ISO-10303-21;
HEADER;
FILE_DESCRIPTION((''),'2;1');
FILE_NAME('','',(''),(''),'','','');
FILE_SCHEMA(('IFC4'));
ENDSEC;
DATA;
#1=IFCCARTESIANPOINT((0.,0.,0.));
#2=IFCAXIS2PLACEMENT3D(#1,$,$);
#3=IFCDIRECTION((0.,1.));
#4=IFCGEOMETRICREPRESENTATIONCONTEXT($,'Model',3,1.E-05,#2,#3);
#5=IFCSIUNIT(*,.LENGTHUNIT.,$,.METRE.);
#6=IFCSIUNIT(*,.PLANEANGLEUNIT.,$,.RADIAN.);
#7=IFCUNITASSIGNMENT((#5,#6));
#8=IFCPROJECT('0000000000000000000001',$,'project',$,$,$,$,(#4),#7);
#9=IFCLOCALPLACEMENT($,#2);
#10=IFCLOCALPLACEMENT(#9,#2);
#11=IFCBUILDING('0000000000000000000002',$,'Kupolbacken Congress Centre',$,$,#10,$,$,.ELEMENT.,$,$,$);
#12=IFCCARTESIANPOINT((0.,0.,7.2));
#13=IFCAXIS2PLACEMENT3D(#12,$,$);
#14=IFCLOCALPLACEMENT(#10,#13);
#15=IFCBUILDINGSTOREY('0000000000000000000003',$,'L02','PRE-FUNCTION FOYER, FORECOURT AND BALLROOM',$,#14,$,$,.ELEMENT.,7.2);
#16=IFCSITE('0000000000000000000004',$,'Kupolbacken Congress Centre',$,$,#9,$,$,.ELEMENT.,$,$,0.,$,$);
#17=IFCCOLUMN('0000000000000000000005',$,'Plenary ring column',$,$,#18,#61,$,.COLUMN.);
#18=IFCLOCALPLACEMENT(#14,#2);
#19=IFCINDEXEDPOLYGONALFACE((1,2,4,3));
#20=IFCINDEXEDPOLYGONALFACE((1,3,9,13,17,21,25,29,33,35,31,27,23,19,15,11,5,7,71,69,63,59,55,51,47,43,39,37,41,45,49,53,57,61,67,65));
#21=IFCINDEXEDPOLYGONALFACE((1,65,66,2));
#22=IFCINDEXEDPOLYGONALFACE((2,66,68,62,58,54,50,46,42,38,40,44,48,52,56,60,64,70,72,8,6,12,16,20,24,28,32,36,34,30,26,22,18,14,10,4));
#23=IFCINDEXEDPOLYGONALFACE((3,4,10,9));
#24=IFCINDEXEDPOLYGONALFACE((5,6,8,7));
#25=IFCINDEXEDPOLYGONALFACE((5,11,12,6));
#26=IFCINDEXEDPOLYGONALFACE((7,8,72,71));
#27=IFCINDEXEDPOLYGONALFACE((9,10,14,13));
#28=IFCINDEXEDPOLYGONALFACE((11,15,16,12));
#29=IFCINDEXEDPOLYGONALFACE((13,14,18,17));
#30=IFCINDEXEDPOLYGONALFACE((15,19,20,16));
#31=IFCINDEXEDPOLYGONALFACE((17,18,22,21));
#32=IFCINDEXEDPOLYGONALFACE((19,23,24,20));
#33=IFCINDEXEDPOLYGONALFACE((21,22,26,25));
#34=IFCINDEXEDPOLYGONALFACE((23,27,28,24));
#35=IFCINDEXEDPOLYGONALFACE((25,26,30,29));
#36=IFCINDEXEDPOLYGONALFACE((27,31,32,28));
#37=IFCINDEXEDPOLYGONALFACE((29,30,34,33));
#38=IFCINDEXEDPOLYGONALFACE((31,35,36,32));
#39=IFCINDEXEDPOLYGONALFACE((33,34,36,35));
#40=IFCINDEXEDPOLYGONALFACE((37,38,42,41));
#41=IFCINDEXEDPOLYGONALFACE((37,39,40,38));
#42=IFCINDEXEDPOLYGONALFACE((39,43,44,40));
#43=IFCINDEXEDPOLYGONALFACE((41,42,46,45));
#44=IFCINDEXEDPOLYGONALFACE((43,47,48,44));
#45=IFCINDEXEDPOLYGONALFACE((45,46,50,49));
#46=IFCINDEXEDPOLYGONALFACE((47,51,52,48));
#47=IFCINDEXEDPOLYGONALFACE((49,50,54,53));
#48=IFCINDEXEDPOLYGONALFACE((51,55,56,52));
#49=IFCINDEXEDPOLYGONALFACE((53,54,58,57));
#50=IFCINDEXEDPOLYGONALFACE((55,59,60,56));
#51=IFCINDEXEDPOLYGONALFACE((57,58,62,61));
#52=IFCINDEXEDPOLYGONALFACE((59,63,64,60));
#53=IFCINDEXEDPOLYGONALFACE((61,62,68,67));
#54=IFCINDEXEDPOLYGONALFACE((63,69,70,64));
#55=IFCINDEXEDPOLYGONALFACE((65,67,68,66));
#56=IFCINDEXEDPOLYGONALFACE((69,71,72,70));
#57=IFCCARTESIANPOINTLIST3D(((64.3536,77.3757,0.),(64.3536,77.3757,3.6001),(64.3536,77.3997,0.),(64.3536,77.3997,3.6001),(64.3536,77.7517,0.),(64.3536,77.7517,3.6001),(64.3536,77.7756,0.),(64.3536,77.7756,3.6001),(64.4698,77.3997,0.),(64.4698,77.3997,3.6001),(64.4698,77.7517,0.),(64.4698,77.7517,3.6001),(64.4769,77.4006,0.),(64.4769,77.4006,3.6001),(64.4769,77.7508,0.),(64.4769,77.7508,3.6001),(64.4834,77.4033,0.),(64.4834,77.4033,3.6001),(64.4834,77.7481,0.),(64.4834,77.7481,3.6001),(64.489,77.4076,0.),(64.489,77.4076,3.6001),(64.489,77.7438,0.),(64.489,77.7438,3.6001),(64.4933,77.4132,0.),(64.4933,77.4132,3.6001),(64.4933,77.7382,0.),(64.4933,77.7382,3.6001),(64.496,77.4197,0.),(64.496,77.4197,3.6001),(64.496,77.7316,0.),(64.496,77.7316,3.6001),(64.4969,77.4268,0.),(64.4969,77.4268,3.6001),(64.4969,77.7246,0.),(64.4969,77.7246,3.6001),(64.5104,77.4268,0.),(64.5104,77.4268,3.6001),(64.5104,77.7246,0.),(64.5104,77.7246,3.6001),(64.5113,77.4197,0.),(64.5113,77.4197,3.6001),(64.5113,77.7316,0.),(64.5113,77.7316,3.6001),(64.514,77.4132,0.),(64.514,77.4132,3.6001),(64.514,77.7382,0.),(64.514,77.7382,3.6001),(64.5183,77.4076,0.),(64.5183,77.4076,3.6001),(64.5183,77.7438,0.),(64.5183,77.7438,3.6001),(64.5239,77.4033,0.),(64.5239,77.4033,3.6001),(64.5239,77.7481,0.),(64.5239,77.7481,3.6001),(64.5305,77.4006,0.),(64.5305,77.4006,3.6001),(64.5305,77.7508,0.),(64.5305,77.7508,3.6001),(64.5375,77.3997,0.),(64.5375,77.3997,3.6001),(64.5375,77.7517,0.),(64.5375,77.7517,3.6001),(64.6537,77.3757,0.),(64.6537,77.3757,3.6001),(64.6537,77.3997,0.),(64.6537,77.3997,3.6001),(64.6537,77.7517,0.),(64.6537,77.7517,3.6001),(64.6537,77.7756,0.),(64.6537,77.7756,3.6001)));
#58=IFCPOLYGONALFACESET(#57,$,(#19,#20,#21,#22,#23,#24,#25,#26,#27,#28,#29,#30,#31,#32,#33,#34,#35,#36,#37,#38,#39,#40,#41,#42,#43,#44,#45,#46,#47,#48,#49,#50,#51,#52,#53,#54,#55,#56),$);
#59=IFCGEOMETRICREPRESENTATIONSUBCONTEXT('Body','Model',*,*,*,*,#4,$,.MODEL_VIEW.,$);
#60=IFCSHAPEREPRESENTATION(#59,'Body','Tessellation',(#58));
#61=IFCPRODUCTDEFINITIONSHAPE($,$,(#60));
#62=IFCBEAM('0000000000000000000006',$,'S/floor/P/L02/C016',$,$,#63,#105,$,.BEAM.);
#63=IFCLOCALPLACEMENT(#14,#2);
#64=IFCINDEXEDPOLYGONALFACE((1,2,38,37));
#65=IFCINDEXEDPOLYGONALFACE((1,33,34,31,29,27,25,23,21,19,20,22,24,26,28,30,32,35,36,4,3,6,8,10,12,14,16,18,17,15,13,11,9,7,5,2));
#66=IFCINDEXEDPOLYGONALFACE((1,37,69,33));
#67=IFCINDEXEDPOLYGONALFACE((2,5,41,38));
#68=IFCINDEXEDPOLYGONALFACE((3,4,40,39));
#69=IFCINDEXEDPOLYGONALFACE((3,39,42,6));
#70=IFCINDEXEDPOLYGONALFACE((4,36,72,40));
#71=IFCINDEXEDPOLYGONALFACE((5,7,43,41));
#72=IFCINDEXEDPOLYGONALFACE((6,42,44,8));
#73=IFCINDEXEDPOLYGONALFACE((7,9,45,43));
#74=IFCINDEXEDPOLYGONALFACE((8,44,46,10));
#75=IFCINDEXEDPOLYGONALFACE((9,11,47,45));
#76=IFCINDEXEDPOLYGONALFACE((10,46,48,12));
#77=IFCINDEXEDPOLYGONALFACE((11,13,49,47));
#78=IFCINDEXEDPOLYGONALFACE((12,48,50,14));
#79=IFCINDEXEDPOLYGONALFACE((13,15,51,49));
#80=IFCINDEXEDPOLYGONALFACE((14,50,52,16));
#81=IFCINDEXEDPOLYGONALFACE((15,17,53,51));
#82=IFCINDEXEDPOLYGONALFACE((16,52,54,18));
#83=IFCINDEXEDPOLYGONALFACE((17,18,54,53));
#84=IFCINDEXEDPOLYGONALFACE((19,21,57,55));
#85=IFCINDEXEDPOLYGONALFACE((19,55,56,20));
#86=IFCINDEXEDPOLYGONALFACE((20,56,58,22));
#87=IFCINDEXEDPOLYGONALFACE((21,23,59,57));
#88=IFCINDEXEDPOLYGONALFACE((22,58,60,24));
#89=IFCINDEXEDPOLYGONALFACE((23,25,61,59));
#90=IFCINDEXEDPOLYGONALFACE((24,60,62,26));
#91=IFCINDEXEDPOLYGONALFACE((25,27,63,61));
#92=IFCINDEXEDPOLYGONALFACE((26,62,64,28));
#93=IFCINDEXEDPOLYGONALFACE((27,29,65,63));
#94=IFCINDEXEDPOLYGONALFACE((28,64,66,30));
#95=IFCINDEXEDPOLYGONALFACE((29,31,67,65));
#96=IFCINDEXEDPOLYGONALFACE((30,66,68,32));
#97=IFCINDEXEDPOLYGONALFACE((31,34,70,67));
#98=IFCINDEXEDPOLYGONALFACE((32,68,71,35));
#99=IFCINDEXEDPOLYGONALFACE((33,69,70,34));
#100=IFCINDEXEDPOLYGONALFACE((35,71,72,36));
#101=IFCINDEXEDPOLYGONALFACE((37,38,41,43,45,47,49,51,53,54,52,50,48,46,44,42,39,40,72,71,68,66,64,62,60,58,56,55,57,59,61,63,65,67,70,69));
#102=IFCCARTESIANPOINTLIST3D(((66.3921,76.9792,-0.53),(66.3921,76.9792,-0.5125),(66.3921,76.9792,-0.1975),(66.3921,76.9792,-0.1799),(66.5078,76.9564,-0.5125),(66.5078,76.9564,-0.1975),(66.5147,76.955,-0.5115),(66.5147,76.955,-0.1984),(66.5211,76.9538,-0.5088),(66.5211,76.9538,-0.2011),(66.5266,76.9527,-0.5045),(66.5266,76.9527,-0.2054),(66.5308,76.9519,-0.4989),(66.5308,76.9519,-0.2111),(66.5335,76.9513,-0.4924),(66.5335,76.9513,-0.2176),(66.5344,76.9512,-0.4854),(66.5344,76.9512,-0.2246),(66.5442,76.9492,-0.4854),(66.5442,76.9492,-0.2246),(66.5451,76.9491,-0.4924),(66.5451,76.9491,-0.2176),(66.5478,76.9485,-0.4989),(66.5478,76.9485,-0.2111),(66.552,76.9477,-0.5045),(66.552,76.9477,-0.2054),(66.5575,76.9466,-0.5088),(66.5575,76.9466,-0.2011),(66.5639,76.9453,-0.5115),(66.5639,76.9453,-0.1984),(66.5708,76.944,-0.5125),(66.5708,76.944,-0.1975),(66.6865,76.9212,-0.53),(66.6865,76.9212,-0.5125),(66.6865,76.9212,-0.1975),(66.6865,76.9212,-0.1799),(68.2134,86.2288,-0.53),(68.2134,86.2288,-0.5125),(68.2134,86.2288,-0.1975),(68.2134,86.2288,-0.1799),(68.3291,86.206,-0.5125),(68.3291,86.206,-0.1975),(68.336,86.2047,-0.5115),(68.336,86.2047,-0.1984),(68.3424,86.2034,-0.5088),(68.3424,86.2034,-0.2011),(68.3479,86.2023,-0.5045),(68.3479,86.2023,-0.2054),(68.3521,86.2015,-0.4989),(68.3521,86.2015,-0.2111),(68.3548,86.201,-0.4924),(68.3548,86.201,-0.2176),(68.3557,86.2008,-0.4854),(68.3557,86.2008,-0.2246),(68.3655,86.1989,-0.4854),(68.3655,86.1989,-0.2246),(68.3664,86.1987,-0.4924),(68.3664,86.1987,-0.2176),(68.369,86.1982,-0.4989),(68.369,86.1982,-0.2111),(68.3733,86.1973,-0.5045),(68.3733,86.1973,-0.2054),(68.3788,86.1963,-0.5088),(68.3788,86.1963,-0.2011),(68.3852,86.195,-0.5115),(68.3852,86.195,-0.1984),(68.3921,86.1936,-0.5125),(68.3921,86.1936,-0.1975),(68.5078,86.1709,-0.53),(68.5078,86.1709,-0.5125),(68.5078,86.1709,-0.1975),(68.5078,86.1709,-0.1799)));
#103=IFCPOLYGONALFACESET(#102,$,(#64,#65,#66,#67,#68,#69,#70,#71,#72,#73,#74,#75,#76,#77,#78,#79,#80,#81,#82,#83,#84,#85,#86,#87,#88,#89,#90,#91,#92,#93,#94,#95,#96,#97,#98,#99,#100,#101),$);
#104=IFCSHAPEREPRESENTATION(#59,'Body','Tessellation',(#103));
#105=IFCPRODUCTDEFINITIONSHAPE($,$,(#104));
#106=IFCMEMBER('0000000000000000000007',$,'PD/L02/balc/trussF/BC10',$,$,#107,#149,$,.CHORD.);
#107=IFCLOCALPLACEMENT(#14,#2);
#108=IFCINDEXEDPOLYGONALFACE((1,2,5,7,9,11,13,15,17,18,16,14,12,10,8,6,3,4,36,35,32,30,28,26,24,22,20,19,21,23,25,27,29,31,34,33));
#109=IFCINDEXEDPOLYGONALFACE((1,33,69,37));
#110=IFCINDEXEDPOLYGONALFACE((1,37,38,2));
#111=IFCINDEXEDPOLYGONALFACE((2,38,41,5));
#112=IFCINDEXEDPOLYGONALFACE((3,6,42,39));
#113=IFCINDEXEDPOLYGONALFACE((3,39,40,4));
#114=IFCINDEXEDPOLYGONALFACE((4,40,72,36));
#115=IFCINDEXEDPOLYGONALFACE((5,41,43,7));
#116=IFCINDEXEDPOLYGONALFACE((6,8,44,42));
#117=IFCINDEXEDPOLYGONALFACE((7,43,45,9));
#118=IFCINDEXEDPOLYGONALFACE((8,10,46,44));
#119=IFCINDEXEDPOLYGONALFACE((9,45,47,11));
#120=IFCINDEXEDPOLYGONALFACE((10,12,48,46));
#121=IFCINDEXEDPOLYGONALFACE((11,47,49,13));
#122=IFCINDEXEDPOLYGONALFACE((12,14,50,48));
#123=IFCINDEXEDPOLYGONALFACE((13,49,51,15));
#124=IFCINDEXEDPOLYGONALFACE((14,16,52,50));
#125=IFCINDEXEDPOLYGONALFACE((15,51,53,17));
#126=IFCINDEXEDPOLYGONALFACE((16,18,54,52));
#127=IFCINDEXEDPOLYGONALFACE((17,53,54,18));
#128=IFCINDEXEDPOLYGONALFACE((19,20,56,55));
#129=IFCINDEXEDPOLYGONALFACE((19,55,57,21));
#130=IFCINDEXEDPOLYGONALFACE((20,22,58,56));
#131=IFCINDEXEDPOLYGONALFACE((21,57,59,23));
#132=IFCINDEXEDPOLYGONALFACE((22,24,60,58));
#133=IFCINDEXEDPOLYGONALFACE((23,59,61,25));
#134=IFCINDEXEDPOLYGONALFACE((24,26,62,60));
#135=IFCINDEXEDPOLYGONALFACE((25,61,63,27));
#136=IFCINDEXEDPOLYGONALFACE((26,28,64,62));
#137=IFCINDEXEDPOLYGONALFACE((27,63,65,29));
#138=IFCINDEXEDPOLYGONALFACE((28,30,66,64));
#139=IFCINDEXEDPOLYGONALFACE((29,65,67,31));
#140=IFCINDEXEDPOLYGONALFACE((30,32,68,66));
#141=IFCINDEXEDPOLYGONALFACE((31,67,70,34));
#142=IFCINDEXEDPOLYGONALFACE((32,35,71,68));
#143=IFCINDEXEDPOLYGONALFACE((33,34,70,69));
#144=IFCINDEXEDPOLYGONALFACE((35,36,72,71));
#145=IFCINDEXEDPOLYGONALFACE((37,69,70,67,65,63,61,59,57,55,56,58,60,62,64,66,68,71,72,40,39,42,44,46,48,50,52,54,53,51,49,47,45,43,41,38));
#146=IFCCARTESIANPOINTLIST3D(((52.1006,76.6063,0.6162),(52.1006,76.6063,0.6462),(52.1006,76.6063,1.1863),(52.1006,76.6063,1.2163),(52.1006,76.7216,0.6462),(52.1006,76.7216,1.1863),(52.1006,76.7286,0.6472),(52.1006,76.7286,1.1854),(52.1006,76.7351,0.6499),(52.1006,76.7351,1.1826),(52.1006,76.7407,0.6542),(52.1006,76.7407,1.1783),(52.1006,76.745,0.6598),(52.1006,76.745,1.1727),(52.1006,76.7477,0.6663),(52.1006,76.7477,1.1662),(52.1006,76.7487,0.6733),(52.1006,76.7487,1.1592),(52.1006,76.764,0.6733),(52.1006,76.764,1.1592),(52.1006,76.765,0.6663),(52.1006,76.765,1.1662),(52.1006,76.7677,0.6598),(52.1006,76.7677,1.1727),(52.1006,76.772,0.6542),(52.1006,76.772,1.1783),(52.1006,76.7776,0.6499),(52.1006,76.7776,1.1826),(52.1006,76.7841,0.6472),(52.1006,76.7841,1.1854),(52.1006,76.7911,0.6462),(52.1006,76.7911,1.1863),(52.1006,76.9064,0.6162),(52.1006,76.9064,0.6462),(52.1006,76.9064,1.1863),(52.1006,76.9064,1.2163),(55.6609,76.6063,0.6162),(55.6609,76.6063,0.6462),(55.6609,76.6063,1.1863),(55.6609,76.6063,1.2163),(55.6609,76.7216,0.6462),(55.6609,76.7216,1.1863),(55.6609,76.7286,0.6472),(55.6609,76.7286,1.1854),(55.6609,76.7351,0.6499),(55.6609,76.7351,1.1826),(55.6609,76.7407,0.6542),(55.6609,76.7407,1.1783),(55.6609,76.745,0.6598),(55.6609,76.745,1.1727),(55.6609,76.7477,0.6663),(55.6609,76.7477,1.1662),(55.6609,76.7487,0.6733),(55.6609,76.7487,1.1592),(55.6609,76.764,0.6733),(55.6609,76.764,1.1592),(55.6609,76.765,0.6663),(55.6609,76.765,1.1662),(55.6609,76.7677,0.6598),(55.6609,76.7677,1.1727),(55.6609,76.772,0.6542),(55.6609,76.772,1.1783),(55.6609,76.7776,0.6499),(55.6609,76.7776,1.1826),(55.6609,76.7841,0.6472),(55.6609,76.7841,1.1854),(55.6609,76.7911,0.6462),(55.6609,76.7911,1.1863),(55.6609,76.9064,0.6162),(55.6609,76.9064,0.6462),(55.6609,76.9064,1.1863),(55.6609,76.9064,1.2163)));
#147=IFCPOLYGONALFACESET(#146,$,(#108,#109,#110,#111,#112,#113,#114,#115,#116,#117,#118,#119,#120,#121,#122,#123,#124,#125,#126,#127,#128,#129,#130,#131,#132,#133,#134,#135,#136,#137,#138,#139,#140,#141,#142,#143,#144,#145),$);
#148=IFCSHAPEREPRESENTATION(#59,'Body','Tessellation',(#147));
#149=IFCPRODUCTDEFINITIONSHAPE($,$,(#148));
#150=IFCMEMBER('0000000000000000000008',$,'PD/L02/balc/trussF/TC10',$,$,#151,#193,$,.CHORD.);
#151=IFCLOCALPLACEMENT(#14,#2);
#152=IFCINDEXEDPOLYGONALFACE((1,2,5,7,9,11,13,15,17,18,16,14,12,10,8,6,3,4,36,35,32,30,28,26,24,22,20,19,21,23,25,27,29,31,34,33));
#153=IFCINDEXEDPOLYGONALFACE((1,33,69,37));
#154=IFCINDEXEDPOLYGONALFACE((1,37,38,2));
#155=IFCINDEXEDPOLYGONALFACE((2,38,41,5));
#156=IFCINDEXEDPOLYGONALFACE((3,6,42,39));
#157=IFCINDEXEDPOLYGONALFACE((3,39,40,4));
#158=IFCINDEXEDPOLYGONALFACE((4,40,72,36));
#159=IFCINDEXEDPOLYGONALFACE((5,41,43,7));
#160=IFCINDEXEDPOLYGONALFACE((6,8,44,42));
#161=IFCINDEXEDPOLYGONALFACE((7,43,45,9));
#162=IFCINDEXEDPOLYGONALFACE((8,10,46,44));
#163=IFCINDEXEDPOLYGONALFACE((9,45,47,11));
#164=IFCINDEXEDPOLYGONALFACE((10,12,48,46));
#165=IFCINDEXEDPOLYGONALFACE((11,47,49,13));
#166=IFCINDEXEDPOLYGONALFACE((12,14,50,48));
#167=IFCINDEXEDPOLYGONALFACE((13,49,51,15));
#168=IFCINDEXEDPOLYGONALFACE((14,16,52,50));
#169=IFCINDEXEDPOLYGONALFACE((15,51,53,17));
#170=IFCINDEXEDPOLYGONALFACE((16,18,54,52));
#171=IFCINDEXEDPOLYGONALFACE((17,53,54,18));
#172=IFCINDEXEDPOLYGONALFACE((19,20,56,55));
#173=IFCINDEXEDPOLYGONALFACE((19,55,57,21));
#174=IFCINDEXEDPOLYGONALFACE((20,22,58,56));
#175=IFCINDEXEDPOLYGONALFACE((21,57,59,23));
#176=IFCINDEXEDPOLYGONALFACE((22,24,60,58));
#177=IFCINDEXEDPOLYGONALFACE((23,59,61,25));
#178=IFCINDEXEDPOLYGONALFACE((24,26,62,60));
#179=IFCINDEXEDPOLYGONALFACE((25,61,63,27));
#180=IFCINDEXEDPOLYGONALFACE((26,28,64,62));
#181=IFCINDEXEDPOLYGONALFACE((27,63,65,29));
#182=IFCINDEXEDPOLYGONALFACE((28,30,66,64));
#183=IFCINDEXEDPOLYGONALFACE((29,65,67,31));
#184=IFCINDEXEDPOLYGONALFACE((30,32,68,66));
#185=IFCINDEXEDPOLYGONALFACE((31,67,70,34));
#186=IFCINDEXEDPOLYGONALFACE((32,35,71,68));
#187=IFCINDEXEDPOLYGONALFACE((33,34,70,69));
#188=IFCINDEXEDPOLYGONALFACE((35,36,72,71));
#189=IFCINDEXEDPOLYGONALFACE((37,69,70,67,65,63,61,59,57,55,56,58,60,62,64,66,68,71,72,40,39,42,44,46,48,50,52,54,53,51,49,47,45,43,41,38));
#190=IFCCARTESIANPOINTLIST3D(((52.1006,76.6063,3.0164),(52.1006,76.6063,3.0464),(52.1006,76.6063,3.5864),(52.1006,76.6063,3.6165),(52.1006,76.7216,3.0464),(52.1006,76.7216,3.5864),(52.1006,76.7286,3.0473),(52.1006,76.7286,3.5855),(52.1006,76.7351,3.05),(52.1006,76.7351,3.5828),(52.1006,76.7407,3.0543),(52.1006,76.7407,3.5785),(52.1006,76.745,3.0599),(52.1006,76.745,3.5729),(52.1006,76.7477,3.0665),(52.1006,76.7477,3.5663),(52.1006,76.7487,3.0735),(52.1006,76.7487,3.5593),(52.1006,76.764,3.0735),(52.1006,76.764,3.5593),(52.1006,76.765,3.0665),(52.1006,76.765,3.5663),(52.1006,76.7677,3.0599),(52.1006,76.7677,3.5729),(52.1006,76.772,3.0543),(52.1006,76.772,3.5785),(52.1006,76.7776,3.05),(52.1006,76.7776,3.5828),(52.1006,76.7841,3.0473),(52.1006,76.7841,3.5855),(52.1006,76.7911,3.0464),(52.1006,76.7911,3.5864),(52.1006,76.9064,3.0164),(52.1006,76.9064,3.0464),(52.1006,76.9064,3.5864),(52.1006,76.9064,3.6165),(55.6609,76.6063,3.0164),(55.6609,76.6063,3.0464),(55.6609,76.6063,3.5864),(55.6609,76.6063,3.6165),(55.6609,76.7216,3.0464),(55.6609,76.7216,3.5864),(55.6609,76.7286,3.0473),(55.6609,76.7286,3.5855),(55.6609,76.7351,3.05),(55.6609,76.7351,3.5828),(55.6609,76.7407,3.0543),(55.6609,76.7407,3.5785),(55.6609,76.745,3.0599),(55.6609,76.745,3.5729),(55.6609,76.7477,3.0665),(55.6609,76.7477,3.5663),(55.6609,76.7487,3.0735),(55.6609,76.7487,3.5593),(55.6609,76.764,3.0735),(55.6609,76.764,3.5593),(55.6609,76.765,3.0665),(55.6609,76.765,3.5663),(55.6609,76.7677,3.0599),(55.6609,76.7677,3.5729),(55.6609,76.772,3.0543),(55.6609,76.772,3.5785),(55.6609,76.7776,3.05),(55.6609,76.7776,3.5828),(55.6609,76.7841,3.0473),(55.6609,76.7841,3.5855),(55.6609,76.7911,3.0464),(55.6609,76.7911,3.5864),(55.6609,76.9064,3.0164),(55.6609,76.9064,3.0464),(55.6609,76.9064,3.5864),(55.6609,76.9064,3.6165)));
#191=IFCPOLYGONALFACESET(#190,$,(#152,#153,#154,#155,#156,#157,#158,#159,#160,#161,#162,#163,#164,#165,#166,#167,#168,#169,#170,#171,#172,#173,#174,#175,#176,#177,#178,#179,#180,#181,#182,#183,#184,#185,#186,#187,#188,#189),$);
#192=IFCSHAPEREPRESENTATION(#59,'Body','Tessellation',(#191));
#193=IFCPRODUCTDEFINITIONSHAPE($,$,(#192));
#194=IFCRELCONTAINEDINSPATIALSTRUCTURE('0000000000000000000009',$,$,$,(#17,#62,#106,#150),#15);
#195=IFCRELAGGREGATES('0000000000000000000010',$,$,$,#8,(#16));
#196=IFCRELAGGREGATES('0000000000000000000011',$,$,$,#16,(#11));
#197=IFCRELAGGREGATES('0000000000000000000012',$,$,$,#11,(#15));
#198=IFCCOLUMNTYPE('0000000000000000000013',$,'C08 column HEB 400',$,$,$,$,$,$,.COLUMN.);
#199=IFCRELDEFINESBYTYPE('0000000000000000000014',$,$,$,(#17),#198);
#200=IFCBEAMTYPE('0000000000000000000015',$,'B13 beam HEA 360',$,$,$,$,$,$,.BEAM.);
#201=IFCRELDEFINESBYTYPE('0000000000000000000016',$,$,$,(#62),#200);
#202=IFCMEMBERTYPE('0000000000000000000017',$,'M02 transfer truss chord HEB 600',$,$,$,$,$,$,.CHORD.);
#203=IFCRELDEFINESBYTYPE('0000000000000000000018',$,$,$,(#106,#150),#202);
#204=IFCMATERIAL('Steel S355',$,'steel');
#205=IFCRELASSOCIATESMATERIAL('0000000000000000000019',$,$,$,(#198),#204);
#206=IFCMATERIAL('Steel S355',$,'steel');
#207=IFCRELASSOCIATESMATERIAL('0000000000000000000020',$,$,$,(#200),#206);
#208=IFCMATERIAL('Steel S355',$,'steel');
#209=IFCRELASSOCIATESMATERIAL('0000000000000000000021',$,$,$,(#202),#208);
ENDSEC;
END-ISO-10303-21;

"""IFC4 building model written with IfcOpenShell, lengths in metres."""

from ifc_helpers import new_model, si_unit, direction, frame, origin, origin_2d, place, context, subcontext, project, spatial, i_section, extrude, material, material_profile, profile_set, type_object, element, save


model = new_model("IFC4")

# Units and contexts
model_context = context("Model", 3, precision=1e-05, world=origin(), true_north=direction((0.0, 1.0)))
body_context = subcontext(model_context, "Body", "Model", "MODEL_VIEW")
ifc_project = project(units=[si_unit("LENGTHUNIT", "METRE"), si_unit("PLANEANGLEUNIT", "RADIAN")], contexts=[model_context])

# Site, building, storey
site_placement = place(None, origin())
site = spatial("IfcSite", under=ifc_project, at=site_placement, Name="Kupolbacken Congress Centre", CompositionType="ELEMENT", RefElevation=0.0)
building_placement = place(site_placement, origin())
building = spatial("IfcBuilding", under=site, at=building_placement, Name="Kupolbacken Congress Centre", CompositionType="ELEMENT")
storey_placement = place(building_placement, frame((0.0, 0.0, 7.2)))
storey = spatial("IfcBuildingStorey", under=building, at=storey_placement, Name="L02", Description="PRE-FUNCTION FOYER, FORECOURT AND BALLROOM", CompositionType="ELEMENT", Elevation=7.2)

# Column
ifc_material_1 = material(Name="Steel S355", Category="steel")
ifc_material_profile_1 = material_profile(ifc_material_1, i_section(OverallWidth=0.3, OverallDepth=0.3999, WebThickness=0.0134, FlangeThickness=0.0239, FilletRadius=0.0271, at=origin_2d()), Name="HEB 400")
ifc_profile_set_1 = profile_set([ifc_material_profile_1], Name="Steel S355")
column_type = type_object("IfcColumnType", Name="C08 column HEB 400", PredefinedType="COLUMN", material=ifc_profile_set_1)
column_placement = place(storey_placement, frame((64.5037, 77.5757, 0.0), z_axis=(0.0, 0.0, 1.0), x_axis=(1.0, 0.0, 0.0)))
element("IfcColumn", 1, at=column_placement, inside=storey, type_object=column_type, Name="Plenary ring column", PredefinedType="COLUMN", context=body_context, shape_type="SweptSolid", body=[
    extrude(i_section(OverallWidth=0.3, OverallDepth=0.3999, WebThickness=0.0134, FlangeThickness=0.0239, FilletRadius=0.0271, at=origin_2d()), origin(), (0.0, 0.0, 1.0), 3.6001),
])

# Beam
ifc_material_2 = material(Name="Steel S355", Category="steel")
ifc_material_profile_2 = material_profile(ifc_material_2, i_section(OverallWidth=0.3, OverallDepth=0.3501, WebThickness=0.01, FlangeThickness=0.0176, FilletRadius=0.0271, at=origin_2d()), Name="HEA 360")
ifc_profile_set_2 = profile_set([ifc_material_profile_2], Name="Steel S355")
beam_type = type_object("IfcBeamType", Name="B13 beam HEA 360", PredefinedType="BEAM", material=ifc_profile_set_2)
beam_placement = place(storey_placement, frame((66.5393, 76.9502, -0.355), z_axis=(0.193192, 0.981161, 0.0), x_axis=(-0.981161, 0.193192, 0.0)))
element("IfcBeam", 2, at=beam_placement, inside=storey, type_object=beam_type, Name="S/floor/P/L02/C016", PredefinedType="BEAM", context=body_context, shape_type="SweptSolid", body=[
    extrude(i_section(OverallWidth=0.3, OverallDepth=0.3501, WebThickness=0.01, FlangeThickness=0.0176, FilletRadius=0.0271, at=origin_2d()), origin(), (0.0, 0.0, 1.0), 9.4272),
])

# Members
ifc_material_3 = material(Name="Steel S355", Category="steel")
ifc_material_profile_3 = material_profile(ifc_material_3, i_section(OverallWidth=0.3, OverallDepth=0.6001, WebThickness=0.0154, FlangeThickness=0.03, FilletRadius=0.0271, at=origin_2d()), Name="HEB 600")
ifc_profile_set_3 = profile_set([ifc_material_profile_3], Name="Steel S355")
member_type_1 = type_object("IfcMemberType", Name="M02 transfer truss chord HEB 600", PredefinedType="CHORD", material=ifc_profile_set_3)
for number, where, z_axis, x_axis, name in (
    (3, (52.1006, 76.7563, 0.9163), (1.0, 0.0, 0.0), (0.0, 1.0, 0.0), "PD/L02/balc/trussF/BC10"),
    (4, (52.1006, 76.7563, 3.3164), (1.0, 0.0, 0.0), (0.0, 1.0, 0.0), "PD/L02/balc/trussF/TC10"),
):
    element("IfcMember", number, at=place(storey_placement, frame(where, z_axis=z_axis, x_axis=x_axis)), inside=storey, type_object=member_type_1, Name=name, PredefinedType="CHORD", context=body_context, shape_type="SweptSolid", body=[
        extrude(i_section(OverallWidth=0.3, OverallDepth=0.6001, WebThickness=0.0154, FlangeThickness=0.03, FilletRadius=0.0271, at=origin_2d()), origin(), (0.0, 0.0, 1.0), 3.5603),
    ])

save(model, "model.ifc")
